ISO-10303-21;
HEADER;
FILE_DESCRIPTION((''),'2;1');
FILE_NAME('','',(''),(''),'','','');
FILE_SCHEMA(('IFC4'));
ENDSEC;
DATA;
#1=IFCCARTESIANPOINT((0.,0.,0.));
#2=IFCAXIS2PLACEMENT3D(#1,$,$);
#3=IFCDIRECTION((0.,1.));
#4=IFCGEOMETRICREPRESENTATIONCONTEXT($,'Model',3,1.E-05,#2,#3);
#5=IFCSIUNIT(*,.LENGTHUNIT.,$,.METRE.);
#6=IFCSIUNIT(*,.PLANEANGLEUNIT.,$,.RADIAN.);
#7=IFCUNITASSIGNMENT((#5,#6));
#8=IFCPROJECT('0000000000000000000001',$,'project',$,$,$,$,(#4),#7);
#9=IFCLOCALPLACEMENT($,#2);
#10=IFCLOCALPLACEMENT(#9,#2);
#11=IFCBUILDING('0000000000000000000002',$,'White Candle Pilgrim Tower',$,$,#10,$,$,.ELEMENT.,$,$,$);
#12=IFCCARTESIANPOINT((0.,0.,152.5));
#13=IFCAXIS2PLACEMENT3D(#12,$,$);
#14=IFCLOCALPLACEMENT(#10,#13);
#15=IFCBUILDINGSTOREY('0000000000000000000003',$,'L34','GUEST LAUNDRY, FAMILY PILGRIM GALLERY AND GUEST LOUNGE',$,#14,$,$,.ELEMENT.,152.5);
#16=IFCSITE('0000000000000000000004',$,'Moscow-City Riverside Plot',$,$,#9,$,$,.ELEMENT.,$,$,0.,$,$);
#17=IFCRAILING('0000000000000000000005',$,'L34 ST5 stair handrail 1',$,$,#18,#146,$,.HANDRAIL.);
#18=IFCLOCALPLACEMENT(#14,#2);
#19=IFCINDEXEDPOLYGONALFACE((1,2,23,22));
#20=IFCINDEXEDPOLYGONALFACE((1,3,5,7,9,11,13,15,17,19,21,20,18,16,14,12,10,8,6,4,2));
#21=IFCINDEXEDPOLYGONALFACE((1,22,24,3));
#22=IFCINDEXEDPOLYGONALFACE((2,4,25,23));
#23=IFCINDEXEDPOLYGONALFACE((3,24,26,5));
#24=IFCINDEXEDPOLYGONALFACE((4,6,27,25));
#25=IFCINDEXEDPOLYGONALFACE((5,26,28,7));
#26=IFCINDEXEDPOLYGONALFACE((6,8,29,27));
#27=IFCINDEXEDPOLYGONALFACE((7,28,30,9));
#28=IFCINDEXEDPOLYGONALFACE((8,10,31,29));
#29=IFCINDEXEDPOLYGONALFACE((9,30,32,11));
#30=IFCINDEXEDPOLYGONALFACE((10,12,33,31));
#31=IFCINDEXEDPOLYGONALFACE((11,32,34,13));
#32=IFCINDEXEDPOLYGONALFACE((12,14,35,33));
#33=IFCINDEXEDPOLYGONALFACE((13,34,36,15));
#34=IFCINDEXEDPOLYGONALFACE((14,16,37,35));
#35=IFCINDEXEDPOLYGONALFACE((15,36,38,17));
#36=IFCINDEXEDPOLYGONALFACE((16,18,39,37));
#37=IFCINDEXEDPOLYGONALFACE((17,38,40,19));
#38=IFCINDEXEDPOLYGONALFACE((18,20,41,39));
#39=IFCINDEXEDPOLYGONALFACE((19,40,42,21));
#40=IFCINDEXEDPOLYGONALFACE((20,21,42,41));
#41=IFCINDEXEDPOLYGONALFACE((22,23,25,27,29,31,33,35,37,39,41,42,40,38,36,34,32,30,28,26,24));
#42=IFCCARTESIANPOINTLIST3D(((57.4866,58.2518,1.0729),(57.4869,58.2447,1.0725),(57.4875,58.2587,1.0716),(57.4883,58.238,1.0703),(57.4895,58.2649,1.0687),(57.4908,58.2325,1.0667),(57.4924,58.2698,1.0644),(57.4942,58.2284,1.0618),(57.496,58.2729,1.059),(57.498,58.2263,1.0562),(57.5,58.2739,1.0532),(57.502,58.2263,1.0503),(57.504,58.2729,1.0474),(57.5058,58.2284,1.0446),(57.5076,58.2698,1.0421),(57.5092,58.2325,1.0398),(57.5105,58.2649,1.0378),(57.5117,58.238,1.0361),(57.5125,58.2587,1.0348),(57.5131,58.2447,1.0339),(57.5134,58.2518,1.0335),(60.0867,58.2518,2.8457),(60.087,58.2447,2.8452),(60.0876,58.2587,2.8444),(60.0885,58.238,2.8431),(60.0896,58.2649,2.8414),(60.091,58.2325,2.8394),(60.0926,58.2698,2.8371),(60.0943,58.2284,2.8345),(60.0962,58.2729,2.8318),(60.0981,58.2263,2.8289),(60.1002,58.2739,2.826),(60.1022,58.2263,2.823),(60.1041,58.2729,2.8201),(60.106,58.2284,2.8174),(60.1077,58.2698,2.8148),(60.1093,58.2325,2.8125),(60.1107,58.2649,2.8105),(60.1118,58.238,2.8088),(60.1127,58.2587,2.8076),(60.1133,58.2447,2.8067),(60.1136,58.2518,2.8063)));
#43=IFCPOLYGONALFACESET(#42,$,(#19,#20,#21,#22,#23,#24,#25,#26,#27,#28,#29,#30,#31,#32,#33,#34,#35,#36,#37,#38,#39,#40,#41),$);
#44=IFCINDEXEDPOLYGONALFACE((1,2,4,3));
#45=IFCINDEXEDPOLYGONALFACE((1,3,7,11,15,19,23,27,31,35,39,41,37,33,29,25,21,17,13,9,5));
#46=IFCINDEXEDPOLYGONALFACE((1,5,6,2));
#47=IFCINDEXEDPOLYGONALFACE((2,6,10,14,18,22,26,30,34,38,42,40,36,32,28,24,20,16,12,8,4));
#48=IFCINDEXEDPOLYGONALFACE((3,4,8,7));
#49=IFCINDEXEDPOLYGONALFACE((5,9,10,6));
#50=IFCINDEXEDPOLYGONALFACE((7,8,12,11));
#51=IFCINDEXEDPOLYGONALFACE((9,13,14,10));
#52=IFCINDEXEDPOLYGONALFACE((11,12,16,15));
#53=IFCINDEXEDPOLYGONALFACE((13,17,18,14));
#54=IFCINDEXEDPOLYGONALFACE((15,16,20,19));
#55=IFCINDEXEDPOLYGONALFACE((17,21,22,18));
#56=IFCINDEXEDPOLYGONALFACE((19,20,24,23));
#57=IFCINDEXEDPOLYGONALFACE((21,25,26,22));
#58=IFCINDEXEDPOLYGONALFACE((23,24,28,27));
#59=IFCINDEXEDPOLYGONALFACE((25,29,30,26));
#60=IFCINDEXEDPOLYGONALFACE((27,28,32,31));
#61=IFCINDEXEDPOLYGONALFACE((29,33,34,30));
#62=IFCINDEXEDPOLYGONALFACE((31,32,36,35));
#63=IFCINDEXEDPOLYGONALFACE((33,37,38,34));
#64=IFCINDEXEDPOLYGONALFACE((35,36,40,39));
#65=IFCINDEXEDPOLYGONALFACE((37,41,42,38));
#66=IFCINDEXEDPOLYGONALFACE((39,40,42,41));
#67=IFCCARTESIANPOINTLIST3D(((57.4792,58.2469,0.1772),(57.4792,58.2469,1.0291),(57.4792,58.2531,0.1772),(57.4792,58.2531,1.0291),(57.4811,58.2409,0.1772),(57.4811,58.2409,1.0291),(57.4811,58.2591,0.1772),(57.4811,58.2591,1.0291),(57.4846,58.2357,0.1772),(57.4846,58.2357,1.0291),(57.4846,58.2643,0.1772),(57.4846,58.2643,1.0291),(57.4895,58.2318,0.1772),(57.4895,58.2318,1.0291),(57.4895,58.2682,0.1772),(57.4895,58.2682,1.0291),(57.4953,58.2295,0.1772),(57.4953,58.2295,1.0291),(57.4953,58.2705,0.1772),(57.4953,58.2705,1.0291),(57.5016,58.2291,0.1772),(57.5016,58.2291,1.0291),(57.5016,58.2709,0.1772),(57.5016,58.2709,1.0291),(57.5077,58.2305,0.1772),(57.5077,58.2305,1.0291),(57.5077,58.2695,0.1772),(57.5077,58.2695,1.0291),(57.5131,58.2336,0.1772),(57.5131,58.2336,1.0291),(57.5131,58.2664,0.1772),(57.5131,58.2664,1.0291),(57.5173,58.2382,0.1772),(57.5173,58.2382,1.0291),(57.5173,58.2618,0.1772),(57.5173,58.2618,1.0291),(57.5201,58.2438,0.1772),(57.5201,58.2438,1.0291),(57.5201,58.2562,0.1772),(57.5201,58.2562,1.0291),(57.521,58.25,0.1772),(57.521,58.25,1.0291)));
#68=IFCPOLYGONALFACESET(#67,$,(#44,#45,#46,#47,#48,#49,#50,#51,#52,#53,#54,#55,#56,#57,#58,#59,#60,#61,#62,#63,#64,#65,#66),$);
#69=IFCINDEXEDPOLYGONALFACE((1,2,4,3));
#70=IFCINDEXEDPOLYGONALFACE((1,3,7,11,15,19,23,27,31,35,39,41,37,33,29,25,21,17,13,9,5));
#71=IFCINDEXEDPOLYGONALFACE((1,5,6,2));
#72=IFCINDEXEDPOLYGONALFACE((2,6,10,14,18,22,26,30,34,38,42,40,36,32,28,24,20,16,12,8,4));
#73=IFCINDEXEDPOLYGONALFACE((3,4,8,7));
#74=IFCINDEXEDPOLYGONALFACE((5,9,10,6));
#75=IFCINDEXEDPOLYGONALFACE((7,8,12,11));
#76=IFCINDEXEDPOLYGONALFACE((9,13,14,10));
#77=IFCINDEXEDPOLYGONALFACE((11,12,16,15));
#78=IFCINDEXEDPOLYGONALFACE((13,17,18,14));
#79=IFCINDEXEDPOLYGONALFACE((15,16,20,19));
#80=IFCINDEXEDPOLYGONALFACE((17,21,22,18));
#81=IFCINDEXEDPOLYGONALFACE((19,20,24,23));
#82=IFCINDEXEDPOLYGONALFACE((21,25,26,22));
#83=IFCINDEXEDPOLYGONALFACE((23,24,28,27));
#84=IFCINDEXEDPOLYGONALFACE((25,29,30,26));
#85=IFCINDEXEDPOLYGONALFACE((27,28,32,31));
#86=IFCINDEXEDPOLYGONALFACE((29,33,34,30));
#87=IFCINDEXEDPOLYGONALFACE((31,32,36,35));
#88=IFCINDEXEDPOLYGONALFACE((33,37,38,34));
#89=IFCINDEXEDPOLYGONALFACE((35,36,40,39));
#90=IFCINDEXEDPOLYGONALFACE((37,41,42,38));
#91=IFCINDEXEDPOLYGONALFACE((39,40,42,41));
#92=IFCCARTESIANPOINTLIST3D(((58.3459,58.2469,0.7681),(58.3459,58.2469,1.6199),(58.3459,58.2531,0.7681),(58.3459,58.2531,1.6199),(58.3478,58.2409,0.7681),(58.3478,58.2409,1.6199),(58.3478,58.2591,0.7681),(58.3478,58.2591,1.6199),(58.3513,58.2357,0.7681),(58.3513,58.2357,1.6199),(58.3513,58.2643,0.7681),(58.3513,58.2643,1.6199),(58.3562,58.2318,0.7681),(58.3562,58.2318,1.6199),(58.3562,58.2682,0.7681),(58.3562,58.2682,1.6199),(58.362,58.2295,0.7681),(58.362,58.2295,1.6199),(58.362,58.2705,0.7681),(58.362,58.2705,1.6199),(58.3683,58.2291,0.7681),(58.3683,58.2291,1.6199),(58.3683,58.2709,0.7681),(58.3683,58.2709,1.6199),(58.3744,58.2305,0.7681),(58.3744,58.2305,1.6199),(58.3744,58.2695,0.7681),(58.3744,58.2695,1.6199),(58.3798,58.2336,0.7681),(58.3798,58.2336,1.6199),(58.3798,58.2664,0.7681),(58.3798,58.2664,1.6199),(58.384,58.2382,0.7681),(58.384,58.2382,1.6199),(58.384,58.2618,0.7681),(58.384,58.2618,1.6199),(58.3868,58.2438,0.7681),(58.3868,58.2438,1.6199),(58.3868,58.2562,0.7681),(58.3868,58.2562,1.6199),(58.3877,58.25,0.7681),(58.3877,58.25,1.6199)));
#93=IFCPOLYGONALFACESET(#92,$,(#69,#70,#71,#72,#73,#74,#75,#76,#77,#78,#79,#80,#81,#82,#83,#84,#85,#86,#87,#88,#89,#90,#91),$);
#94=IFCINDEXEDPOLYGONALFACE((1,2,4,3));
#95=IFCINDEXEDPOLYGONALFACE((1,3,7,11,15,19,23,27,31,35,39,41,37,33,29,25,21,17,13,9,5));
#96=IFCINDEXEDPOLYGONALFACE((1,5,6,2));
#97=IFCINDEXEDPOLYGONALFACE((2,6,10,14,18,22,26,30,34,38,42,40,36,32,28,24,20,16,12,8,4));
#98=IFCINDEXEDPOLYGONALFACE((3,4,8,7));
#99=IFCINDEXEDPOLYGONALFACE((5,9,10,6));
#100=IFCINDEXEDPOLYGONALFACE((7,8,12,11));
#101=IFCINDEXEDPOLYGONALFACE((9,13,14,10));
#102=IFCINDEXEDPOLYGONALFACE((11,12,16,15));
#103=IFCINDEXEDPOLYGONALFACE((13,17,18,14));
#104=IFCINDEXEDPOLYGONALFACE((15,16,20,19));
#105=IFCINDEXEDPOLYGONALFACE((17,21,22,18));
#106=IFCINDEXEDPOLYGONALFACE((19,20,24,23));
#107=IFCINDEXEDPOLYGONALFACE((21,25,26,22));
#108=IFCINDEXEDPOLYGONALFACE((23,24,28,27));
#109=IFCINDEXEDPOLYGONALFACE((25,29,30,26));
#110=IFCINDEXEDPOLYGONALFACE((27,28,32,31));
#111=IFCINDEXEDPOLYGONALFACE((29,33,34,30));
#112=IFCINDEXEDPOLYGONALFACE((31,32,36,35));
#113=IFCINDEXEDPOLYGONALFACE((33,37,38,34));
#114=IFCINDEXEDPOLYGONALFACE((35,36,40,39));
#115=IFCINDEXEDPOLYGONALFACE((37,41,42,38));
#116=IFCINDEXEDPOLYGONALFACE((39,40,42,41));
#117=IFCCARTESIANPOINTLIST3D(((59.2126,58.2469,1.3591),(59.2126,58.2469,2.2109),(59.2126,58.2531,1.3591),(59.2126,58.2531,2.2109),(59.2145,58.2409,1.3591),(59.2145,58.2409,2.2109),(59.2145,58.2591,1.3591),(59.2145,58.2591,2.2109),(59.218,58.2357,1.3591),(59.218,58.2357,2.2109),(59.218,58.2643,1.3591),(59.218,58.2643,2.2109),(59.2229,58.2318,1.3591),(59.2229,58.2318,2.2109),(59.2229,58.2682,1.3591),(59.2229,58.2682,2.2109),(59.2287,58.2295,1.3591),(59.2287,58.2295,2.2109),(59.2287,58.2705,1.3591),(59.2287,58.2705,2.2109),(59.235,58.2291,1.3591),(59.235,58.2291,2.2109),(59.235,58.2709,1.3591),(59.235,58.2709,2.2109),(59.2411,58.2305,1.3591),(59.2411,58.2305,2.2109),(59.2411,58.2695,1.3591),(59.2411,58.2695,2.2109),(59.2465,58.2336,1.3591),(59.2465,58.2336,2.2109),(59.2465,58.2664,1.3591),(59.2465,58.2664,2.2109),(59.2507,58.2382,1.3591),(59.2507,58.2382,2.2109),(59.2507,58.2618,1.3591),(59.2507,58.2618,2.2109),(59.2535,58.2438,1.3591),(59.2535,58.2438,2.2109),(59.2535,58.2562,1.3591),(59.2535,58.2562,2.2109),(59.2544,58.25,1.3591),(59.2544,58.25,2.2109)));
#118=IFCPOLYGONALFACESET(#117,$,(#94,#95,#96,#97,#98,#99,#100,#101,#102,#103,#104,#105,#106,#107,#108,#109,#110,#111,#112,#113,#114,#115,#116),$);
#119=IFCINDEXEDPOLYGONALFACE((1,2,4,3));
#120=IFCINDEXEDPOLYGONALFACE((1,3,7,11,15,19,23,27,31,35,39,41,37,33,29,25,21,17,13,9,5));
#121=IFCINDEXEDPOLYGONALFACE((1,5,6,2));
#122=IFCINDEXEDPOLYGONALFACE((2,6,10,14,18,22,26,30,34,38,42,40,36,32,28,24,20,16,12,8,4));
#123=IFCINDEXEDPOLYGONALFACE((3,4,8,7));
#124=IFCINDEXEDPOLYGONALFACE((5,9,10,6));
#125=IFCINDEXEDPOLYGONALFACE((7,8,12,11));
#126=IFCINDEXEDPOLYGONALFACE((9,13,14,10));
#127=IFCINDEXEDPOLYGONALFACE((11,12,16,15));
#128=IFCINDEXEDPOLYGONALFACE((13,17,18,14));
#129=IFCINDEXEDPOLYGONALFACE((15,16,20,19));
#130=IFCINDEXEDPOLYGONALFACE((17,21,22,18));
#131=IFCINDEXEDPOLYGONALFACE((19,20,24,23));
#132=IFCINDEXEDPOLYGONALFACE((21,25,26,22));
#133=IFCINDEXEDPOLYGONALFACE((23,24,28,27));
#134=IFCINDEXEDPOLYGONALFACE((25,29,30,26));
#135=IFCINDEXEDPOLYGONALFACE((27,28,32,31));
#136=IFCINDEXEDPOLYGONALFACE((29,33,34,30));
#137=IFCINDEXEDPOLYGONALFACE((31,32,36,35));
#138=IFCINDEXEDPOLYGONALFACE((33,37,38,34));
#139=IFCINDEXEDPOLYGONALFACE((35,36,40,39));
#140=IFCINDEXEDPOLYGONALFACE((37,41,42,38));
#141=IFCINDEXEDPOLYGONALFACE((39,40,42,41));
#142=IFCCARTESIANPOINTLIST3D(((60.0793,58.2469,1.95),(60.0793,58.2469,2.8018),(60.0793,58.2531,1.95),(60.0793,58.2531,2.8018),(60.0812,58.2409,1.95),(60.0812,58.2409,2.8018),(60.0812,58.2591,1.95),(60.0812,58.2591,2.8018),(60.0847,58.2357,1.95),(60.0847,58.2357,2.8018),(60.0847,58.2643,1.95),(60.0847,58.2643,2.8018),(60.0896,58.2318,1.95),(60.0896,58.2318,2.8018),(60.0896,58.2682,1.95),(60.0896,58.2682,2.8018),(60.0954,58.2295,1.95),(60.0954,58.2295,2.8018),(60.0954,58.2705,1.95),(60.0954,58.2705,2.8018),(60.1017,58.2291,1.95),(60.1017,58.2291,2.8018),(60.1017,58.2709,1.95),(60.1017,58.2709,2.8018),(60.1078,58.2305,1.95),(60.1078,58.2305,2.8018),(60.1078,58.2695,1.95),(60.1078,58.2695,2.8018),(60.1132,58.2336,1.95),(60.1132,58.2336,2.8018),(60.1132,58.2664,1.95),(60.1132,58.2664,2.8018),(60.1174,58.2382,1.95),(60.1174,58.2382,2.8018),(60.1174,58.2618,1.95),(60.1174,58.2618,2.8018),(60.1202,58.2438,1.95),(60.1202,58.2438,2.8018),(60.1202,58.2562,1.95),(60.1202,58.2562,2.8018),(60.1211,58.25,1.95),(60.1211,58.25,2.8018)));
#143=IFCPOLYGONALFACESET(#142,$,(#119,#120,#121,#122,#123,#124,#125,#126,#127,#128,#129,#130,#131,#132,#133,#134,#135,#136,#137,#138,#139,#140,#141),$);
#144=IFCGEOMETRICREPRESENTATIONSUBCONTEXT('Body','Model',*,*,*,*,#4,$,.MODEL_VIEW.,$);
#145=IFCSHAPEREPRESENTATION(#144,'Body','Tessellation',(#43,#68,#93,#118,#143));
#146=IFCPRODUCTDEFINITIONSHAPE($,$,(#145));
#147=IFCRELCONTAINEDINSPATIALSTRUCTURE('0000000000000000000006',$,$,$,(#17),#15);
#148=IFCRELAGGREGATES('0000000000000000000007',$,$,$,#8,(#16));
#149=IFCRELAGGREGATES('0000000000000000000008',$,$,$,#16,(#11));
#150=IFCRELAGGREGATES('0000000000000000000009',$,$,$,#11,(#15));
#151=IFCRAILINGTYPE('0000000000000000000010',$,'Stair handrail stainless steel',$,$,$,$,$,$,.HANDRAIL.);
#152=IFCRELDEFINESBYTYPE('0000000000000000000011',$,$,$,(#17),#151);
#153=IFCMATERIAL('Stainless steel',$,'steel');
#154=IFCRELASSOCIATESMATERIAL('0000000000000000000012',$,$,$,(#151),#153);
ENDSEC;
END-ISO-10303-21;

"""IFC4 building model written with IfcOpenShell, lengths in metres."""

from ifc_helpers import new_model, si_unit, direction, frame, origin, origin_2d, place, context, subcontext, project, spatial, circle, extrude, material, type_object, element, save


model = new_model("IFC4")

# Units and contexts
model_context = context("Model", 3, precision=1e-05, world=origin(), true_north=direction((0.0, 1.0)))
body_context = subcontext(model_context, "Body", "Model", "MODEL_VIEW")
ifc_project = project(units=[si_unit("LENGTHUNIT", "METRE"), si_unit("PLANEANGLEUNIT", "RADIAN")], contexts=[model_context])

# Site, building, storey
site_placement = place(None, origin())
site = spatial("IfcSite", under=ifc_project, at=site_placement, Name="Moscow-City Riverside Plot", CompositionType="ELEMENT", RefElevation=0.0)
building_placement = place(site_placement, origin())
building = spatial("IfcBuilding", under=site, at=building_placement, Name="White Candle Pilgrim Tower", CompositionType="ELEMENT")
storey_placement = place(building_placement, frame((0.0, 0.0, 152.5)))
storey = spatial("IfcBuildingStorey", under=building, at=storey_placement, Name="L34", Description="GUEST LAUNDRY, FAMILY PILGRIM GALLERY AND GUEST LOUNGE", CompositionType="ELEMENT", Elevation=152.5)

# Railing
ifc_material_1 = material(Name="Stainless steel", Category="steel")
railing_type_1 = type_object("IfcRailingType", Name="Stair handrail stainless steel", PredefinedType="HANDRAIL", material=ifc_material_1)
railing_1_placement = place(storey_placement, frame((57.5, 58.25, 0.1772)))
element("IfcRailing", 1, at=railing_1_placement, inside=storey, type_object=railing_type_1, Name="L34 ST5 stair handrail 1", PredefinedType="HANDRAIL", context=body_context, shape_type="SweptSolid", body=[
    extrude(circle(Radius=0.0239, at=origin_2d()), frame((0.0, 0.0, 0.876), z_axis=(0.82624, 0.0, 0.563318), x_axis=(0.0, 1.0, 0.0)), (0.0, 0.0, 1.0), 3.147),
    extrude(circle(Radius=0.021, at=origin_2d()), origin(), (0.0, 0.0, 1.0), 0.8518),
    extrude(circle(Radius=0.021, at=origin_2d()), frame((0.8667, 0.0, 0.5908)), (0.0, 0.0, 1.0), 0.8518),
    extrude(circle(Radius=0.021, at=origin_2d()), frame((1.7334, 0.0, 1.1819)), (0.0, 0.0, 1.0), 0.8518),
    extrude(circle(Radius=0.021, at=origin_2d()), frame((2.6001, 0.0, 1.7727)), (0.0, 0.0, 1.0), 0.8518),
])

save(model, "model.ifc")
